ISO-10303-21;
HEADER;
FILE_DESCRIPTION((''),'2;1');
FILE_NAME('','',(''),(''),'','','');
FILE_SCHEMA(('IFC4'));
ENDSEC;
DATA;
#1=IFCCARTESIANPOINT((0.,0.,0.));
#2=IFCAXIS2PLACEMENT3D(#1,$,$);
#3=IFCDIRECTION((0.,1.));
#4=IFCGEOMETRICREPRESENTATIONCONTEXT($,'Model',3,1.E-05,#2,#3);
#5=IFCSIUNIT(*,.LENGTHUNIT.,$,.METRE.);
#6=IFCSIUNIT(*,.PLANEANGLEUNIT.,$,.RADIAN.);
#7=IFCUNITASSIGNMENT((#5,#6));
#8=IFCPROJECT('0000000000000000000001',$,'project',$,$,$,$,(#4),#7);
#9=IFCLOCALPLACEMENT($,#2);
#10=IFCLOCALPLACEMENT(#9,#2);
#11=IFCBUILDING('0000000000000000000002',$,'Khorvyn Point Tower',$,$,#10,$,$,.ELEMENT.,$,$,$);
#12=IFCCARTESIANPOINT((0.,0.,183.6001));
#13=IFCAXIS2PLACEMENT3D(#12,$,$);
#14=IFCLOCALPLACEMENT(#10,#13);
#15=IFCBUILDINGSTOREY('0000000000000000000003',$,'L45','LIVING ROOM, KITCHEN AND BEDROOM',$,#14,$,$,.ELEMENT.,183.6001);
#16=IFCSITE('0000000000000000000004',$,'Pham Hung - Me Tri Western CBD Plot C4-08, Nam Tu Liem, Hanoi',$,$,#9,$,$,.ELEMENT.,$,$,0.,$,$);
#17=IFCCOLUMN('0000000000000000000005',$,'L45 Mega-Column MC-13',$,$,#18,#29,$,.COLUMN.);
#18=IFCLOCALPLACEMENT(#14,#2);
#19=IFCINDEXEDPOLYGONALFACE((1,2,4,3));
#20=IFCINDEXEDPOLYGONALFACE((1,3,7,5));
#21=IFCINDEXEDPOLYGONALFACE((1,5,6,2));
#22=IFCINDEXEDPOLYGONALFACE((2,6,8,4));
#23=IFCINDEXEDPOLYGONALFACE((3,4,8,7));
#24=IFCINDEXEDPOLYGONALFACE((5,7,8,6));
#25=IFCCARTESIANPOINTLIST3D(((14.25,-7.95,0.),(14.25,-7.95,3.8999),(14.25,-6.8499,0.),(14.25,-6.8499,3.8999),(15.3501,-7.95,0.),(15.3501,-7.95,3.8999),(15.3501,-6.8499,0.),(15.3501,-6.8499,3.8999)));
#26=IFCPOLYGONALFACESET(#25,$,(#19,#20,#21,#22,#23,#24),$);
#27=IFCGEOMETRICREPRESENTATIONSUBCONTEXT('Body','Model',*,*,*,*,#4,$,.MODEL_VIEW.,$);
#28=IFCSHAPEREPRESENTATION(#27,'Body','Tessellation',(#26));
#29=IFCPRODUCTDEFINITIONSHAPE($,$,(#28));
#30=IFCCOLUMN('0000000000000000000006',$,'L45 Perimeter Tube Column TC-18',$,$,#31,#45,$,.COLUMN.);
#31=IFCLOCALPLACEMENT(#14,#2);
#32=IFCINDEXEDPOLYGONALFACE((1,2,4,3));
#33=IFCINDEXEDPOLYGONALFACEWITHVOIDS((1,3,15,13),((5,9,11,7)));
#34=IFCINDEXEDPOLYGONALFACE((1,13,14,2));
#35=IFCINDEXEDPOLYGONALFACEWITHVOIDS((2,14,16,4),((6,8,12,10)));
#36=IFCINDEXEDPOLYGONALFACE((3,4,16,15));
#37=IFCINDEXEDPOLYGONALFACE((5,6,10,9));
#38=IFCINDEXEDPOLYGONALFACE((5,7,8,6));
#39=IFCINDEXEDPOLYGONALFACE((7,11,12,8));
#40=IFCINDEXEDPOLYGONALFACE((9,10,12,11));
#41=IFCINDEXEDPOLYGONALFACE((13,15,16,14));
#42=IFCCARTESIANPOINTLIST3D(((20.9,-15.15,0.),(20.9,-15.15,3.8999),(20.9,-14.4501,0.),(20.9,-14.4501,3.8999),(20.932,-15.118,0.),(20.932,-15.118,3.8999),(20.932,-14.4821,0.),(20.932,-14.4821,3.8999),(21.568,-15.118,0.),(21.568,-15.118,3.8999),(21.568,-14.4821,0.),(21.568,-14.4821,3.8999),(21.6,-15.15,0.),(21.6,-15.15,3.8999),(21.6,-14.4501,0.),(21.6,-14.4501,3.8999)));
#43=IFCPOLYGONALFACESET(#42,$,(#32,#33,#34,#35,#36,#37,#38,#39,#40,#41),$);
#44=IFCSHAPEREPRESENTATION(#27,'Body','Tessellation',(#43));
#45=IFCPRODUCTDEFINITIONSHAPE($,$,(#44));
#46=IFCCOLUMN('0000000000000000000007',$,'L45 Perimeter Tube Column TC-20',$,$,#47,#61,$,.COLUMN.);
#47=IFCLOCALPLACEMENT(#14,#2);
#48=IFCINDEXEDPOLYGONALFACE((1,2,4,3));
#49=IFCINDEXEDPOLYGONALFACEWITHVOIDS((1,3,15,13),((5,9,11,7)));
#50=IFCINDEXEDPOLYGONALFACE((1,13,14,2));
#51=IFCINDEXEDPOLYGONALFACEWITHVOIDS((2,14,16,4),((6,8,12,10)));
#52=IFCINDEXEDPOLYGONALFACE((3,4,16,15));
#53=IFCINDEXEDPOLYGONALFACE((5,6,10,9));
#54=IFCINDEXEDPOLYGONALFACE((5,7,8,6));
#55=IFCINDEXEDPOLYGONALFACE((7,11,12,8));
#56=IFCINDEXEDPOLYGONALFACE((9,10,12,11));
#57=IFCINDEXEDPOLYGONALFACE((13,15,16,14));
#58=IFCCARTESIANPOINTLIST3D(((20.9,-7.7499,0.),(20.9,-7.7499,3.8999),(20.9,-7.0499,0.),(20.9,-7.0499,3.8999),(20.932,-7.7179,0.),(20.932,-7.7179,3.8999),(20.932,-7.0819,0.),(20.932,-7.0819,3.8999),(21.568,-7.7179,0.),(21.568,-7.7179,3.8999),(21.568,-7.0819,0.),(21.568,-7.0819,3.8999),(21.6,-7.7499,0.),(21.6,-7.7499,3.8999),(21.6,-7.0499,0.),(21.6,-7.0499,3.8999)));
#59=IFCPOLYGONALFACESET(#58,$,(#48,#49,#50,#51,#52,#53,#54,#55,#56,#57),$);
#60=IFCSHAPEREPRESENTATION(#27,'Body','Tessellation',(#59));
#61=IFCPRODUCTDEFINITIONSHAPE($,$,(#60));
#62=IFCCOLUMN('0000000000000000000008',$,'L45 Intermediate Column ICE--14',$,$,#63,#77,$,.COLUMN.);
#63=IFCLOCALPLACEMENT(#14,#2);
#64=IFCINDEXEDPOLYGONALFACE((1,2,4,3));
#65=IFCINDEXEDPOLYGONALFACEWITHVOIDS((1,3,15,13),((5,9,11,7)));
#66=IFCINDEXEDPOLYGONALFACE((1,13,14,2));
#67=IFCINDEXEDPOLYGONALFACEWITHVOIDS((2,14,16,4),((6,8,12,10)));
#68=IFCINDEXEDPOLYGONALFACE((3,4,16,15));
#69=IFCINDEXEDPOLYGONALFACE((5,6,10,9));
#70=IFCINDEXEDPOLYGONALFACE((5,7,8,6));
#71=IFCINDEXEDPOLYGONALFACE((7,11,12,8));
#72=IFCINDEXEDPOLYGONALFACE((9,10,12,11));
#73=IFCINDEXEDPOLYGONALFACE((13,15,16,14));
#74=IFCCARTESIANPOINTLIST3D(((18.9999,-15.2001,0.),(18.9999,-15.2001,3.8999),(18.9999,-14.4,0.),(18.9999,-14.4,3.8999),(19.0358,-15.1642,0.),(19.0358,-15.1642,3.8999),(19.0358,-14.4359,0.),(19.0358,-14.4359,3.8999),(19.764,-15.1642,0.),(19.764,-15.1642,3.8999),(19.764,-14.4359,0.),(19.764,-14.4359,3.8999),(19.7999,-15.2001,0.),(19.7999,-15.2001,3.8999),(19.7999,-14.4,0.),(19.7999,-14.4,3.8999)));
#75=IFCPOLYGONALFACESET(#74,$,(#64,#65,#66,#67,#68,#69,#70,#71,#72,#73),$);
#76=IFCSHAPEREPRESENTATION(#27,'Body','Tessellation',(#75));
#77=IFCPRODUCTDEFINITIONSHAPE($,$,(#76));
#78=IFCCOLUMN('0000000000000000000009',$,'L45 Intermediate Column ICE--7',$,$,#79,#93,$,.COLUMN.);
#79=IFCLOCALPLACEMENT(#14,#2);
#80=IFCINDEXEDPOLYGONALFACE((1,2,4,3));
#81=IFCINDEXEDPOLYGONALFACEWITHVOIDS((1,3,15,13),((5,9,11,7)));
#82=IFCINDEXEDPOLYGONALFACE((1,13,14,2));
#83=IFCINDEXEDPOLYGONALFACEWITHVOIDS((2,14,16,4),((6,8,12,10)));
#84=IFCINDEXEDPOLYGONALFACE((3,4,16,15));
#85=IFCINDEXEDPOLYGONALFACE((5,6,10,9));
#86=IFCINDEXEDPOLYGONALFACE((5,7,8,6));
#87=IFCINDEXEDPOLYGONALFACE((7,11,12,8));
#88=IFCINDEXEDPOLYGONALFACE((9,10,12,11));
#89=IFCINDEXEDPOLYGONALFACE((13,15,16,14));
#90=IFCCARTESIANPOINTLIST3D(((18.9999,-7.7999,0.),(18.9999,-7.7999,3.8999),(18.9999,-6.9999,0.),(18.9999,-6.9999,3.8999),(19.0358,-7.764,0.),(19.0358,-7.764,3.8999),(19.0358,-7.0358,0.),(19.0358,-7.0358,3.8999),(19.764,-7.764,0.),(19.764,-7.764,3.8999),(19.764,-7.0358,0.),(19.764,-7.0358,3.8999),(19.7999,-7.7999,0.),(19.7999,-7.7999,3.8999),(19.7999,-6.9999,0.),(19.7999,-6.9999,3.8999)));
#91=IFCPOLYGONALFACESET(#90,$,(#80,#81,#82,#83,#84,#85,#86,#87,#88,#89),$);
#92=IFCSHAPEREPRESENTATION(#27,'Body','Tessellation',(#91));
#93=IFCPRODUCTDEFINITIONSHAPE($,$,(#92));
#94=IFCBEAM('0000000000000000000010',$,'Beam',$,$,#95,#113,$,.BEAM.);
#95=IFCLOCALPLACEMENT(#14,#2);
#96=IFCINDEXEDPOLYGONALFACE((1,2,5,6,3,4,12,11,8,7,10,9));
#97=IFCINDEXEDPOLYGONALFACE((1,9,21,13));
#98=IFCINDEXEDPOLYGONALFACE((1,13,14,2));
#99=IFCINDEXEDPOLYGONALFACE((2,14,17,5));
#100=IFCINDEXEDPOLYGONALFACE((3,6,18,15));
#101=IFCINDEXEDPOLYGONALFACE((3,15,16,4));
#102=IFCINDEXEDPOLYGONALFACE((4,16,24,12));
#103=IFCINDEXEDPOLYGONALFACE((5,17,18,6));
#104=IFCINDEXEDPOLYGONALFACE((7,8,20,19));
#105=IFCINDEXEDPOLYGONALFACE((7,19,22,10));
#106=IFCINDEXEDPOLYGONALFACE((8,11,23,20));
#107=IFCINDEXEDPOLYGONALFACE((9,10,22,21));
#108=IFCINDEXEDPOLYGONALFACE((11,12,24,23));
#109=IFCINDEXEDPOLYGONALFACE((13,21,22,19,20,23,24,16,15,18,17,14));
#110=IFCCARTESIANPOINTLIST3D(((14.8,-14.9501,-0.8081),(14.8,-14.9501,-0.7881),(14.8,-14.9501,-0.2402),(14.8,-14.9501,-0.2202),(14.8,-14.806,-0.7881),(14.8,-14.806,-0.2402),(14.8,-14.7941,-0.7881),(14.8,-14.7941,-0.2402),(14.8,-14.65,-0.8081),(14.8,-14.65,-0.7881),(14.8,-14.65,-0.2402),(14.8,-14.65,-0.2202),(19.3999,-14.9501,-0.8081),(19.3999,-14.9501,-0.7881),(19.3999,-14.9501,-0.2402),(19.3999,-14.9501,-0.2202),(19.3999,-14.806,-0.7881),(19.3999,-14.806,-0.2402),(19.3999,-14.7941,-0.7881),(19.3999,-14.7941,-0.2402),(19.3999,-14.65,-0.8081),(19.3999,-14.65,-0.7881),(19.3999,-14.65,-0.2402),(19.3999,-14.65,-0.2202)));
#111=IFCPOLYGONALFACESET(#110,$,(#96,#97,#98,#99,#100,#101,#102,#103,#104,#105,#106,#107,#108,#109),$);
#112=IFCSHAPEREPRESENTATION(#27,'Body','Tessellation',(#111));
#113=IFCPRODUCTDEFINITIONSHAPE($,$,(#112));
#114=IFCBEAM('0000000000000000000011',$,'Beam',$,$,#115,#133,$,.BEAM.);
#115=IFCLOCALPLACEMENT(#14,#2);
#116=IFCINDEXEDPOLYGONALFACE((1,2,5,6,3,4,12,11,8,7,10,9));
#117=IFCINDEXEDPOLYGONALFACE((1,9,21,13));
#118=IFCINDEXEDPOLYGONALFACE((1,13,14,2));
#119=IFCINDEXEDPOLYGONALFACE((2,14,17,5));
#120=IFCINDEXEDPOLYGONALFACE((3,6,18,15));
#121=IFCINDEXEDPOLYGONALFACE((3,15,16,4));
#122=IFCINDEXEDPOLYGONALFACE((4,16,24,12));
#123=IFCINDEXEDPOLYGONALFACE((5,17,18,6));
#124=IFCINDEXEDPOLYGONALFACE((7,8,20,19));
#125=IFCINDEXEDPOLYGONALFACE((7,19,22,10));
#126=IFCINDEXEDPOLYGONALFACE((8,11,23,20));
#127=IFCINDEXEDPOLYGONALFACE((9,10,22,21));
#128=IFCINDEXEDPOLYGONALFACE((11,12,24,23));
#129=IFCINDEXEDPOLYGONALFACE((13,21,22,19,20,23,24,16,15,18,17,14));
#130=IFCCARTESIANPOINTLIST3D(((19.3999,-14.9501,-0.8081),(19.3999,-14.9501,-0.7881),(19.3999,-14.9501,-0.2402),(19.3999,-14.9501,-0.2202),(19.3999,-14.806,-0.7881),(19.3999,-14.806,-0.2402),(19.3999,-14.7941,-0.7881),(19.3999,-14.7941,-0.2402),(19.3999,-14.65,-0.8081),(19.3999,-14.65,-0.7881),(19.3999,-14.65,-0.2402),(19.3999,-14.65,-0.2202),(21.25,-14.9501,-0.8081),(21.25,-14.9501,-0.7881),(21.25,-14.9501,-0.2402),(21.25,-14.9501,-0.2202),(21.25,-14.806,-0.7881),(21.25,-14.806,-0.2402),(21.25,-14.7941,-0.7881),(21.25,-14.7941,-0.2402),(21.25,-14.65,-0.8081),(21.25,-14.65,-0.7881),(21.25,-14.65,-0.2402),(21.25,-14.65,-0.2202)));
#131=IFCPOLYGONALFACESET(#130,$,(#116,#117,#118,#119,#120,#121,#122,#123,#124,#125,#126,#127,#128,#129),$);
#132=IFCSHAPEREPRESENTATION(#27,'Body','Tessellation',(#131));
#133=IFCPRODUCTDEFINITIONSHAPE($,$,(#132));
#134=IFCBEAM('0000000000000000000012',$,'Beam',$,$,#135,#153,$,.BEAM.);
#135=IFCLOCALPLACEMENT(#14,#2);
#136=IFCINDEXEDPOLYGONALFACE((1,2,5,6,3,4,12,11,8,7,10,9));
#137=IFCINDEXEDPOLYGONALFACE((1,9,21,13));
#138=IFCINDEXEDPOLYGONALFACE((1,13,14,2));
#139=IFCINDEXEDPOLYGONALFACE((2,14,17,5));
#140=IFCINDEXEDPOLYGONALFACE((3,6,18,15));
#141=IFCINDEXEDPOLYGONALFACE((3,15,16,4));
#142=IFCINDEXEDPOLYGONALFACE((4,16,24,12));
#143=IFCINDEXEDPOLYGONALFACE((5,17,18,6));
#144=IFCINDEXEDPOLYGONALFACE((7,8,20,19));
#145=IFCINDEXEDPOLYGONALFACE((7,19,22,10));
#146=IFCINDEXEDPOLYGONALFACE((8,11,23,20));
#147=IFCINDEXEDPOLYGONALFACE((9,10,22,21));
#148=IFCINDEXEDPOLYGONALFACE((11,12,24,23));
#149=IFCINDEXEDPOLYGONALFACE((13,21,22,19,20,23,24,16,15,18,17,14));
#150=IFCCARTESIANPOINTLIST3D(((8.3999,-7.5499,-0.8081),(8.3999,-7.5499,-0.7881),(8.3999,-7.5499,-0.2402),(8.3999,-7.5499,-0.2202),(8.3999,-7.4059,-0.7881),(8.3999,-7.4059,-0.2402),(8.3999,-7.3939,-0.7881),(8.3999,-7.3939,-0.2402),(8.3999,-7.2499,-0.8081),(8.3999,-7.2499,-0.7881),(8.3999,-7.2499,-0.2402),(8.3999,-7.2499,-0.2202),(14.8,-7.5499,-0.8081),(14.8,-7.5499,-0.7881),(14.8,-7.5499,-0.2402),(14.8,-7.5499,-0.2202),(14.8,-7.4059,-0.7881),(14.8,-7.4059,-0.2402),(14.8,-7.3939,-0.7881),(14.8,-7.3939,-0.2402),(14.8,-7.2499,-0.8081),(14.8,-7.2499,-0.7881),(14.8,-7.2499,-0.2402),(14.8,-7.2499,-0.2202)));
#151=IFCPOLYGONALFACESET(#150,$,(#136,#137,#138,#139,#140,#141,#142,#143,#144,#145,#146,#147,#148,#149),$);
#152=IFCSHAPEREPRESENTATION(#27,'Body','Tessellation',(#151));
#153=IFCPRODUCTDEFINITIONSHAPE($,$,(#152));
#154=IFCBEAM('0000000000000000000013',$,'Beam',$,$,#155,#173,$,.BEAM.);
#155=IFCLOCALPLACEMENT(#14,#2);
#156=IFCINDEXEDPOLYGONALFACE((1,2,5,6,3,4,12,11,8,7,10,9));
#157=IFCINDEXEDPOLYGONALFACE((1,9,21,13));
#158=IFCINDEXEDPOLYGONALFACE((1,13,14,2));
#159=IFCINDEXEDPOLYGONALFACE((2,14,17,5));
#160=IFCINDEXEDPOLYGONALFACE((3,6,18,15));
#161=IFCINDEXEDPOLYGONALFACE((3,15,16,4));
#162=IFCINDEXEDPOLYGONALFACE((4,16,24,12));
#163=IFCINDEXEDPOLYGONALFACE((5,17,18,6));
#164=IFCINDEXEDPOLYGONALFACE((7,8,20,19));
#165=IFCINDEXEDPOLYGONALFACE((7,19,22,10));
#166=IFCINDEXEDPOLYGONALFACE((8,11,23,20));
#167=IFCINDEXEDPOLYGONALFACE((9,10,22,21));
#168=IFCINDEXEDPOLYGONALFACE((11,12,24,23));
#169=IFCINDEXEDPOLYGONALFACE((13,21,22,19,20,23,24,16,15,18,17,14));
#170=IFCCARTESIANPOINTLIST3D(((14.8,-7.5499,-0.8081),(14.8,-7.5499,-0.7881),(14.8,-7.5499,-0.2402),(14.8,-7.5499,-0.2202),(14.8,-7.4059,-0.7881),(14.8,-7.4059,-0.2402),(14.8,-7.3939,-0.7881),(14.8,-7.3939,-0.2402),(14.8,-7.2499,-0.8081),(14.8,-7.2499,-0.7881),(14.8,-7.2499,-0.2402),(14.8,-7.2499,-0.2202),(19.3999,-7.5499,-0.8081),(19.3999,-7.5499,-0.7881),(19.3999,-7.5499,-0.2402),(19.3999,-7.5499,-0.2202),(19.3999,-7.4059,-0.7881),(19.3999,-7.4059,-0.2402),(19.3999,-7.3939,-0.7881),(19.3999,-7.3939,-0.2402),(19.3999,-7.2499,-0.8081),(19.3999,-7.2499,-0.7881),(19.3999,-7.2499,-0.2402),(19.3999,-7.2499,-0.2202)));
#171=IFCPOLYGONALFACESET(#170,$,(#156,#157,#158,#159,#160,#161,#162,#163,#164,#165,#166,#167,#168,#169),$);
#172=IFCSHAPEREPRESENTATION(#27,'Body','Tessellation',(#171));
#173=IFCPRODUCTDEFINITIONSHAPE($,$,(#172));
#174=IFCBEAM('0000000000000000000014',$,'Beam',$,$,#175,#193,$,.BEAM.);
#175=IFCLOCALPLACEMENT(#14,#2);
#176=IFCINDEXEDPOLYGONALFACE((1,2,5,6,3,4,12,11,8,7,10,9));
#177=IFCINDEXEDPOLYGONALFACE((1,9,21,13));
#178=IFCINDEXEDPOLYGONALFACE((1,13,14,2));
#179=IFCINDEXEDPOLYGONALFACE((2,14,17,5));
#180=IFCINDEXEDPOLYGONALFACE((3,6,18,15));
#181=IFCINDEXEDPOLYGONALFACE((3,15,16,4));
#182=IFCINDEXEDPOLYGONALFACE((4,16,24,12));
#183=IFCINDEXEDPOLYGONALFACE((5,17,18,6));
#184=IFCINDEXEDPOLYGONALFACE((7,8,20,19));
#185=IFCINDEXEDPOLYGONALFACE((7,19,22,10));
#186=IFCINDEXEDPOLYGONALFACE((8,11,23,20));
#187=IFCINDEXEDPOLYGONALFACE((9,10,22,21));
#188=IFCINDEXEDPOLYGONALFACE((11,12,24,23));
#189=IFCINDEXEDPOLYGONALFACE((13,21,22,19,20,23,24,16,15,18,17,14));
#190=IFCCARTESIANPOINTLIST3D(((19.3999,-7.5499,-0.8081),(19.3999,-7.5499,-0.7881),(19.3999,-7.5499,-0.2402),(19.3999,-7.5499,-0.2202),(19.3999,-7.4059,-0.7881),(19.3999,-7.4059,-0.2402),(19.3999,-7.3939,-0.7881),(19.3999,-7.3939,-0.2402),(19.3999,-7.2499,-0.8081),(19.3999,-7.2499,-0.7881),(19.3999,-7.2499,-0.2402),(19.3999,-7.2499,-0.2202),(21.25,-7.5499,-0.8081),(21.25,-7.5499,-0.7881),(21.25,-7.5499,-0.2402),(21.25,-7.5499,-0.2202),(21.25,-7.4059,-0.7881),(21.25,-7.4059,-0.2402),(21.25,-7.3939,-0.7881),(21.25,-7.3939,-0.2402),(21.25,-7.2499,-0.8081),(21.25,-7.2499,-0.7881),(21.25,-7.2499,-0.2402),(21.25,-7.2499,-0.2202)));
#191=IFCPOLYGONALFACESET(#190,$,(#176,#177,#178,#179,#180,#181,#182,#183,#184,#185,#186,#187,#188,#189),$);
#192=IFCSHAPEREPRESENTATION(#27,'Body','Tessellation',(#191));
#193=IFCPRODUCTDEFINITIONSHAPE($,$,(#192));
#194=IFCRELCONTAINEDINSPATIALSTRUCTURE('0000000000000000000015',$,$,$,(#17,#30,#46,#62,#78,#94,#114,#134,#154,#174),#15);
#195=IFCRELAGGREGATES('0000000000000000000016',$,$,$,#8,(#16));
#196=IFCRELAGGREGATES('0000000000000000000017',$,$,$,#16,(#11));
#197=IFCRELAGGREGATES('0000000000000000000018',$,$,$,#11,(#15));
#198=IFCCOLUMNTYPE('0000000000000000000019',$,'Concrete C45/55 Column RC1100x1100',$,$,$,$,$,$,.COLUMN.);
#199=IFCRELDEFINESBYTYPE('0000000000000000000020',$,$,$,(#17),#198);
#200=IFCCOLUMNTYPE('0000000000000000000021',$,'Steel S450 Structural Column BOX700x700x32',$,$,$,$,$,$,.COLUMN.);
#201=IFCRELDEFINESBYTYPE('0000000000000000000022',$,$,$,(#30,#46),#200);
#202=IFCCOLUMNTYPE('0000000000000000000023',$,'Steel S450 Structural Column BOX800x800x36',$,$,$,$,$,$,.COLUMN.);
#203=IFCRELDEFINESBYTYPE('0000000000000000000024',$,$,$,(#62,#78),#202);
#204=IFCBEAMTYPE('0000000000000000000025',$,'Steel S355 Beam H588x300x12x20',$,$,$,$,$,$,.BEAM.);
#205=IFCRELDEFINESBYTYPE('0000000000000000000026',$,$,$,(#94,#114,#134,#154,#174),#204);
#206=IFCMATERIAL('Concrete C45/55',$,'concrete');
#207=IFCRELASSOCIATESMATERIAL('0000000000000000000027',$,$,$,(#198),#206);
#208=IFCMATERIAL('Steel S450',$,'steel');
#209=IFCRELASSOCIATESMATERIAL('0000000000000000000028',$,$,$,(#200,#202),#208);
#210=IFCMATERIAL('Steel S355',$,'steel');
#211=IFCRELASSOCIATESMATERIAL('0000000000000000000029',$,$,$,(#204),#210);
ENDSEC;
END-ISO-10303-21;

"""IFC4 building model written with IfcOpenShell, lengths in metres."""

from ifc_helpers import new_model, si_unit, direction, frame, origin, origin_2d, place, context, subcontext, project, spatial, rectangle, hollow_rectangle, i_section, extrude, material, material_profile, profile_set, type_object, element, save


model = new_model("IFC4")

# Units and contexts
model_context = context("Model", 3, precision=1e-05, world=origin(), true_north=direction((0.0, 1.0)))
body_context = subcontext(model_context, "Body", "Model", "MODEL_VIEW")
ifc_project = project(units=[si_unit("LENGTHUNIT", "METRE"), si_unit("PLANEANGLEUNIT", "RADIAN")], contexts=[model_context])

# Site, building, storey
site_placement = place(None, origin())
site = spatial("IfcSite", under=ifc_project, at=site_placement, Name="Pham Hung - Me Tri Western CBD Plot C4-08, Nam Tu Liem, Hanoi", CompositionType="ELEMENT", RefElevation=0.0)
building_placement = place(site_placement, origin())
building = spatial("IfcBuilding", under=site, at=building_placement, Name="Khorvyn Point Tower", CompositionType="ELEMENT")
storey_placement = place(building_placement, frame((0.0, 0.0, 183.6001)))
storey = spatial("IfcBuildingStorey", under=building, at=storey_placement, Name="L45", Description="LIVING ROOM, KITCHEN AND BEDROOM", CompositionType="ELEMENT", Elevation=183.6001)

# Columns
ifc_material_1 = material(Name="Concrete C45/55", Category="concrete")
ifc_material_profile_1 = material_profile(ifc_material_1, rectangle(XDim=1.1001, YDim=1.1001, at=origin_2d()))
ifc_profile_set_1 = profile_set([ifc_material_profile_1], Name="Concrete C45/55 RC1100x1100")
column_type_1 = type_object("IfcColumnType", Name="Concrete C45/55 Column RC1100x1100", PredefinedType="COLUMN", material=ifc_profile_set_1)
column_placement = place(storey_placement, frame((14.8, -7.3999, 0.0), z_axis=(0.0, 0.0, 1.0), x_axis=(1.0, 0.0, 0.0)))
element("IfcColumn", 1, at=column_placement, inside=storey, type_object=column_type_1, Name="L45 Mega-Column MC-13", PredefinedType="COLUMN", context=body_context, shape_type="SweptSolid", body=[
    extrude(rectangle(XDim=1.1001, YDim=1.1001, at=origin_2d()), origin(), (0.0, 0.0, 1.0), 3.8999),
])
ifc_material_2 = material(Name="Steel S450", Category="steel")
ifc_material_profile_2 = material_profile(ifc_material_2, hollow_rectangle(XDim=0.7, YDim=0.7, WallThickness=0.032, at=origin_2d()))
ifc_profile_set_2 = profile_set([ifc_material_profile_2], Name="Steel S450 BOX700x700x32")
column_type_2 = type_object("IfcColumnType", Name="Steel S450 Structural Column BOX700x700x32", PredefinedType="COLUMN", material=ifc_profile_set_2)
for number, where, z_axis, x_axis, name in (
    (2, (21.25, -14.8, 0.0), (0.0, 0.0, 1.0), (1.0, 0.0, 0.0), "L45 Perimeter Tube Column TC-18"),
    (3, (21.25, -7.3999, 0.0), (0.0, 0.0, 1.0), (1.0, 0.0, 0.0), "L45 Perimeter Tube Column TC-20"),
):
    element("IfcColumn", number, at=place(storey_placement, frame(where, z_axis=z_axis, x_axis=x_axis)), inside=storey, type_object=column_type_2, Name=name, PredefinedType="COLUMN", context=body_context, shape_type="SweptSolid", body=[
        extrude(hollow_rectangle(XDim=0.7, YDim=0.7, WallThickness=0.032, at=origin_2d()), origin(), (0.0, 0.0, 1.0), 3.8999),
    ])
ifc_material_profile_3 = material_profile(ifc_material_2, hollow_rectangle(XDim=0.8, YDim=0.8, WallThickness=0.0359, at=origin_2d()))
ifc_profile_set_3 = profile_set([ifc_material_profile_3], Name="Steel S450 BOX800x800x36")
column_type_3 = type_object("IfcColumnType", Name="Steel S450 Structural Column BOX800x800x36", PredefinedType="COLUMN", material=ifc_profile_set_3)
for number, where, z_axis, x_axis, name in (
    (4, (19.3999, -14.8, 0.0), (0.0, 0.0, 1.0), (1.0, 0.0, 0.0), "L45 Intermediate Column ICE--14"),
    (5, (19.3999, -7.3999, 0.0), (0.0, 0.0, 1.0), (1.0, 0.0, 0.0), "L45 Intermediate Column ICE--7"),
):
    element("IfcColumn", number, at=place(storey_placement, frame(where, z_axis=z_axis, x_axis=x_axis)), inside=storey, type_object=column_type_3, Name=name, PredefinedType="COLUMN", context=body_context, shape_type="SweptSolid", body=[
        extrude(hollow_rectangle(XDim=0.8, YDim=0.8, WallThickness=0.0359, at=origin_2d()), origin(), (0.0, 0.0, 1.0), 3.8999),
    ])

# Beams
ifc_material_3 = material(Name="Steel S355", Category="steel")
ifc_material_profile_4 = material_profile(ifc_material_3, i_section(OverallWidth=0.3, OverallDepth=0.5879, WebThickness=0.012, FlangeThickness=0.02, at=origin_2d()))
ifc_profile_set_4 = profile_set([ifc_material_profile_4], Name="Steel S355 H588x300x12x20")
beam_type_1 = type_object("IfcBeamType", Name="Steel S355 Beam H588x300x12x20", PredefinedType="BEAM", material=ifc_profile_set_4)
beam_1_placement = place(storey_placement, frame((14.8, -14.8, -0.5142), z_axis=(1.0, 0.0, 0.0), x_axis=(0.0, 1.0, 0.0)))
element("IfcBeam", 6, at=beam_1_placement, inside=storey, type_object=beam_type_1, Name="Beam", PredefinedType="BEAM", context=body_context, shape_type="SweptSolid", body=[
    extrude(i_section(OverallWidth=0.3, OverallDepth=0.5879, WebThickness=0.012, FlangeThickness=0.02, at=origin_2d()), origin(), (0.0, 0.0, 1.0), 4.5999),
])
beam_2_placement = place(storey_placement, frame((19.3999, -14.8, -0.5142), z_axis=(1.0, 0.0, 0.0), x_axis=(0.0, 1.0, 0.0)))
element("IfcBeam", 7, at=beam_2_placement, inside=storey, type_object=beam_type_1, Name="Beam", PredefinedType="BEAM", context=body_context, shape_type="SweptSolid", body=[
    extrude(i_section(OverallWidth=0.3, OverallDepth=0.5879, WebThickness=0.012, FlangeThickness=0.02, at=origin_2d()), origin(), (0.0, 0.0, 1.0), 1.8501),
])
beam_3_placement = place(storey_placement, frame((8.3999, -7.3999, -0.5142), z_axis=(1.0, 0.0, 0.0), x_axis=(0.0, 1.0, 0.0)))
element("IfcBeam", 8, at=beam_3_placement, inside=storey, type_object=beam_type_1, Name="Beam", PredefinedType="BEAM", context=body_context, shape_type="SweptSolid", body=[
    extrude(i_section(OverallWidth=0.3, OverallDepth=0.5879, WebThickness=0.012, FlangeThickness=0.02, at=origin_2d()), origin(), (0.0, 0.0, 1.0), 6.4001),
])
beam_4_placement = place(storey_placement, frame((14.8, -7.3999, -0.5142), z_axis=(1.0, 0.0, 0.0), x_axis=(0.0, 1.0, 0.0)))
element("IfcBeam", 9, at=beam_4_placement, inside=storey, type_object=beam_type_1, Name="Beam", PredefinedType="BEAM", context=body_context, shape_type="SweptSolid", body=[
    extrude(i_section(OverallWidth=0.3, OverallDepth=0.5879, WebThickness=0.012, FlangeThickness=0.02, at=origin_2d()), origin(), (0.0, 0.0, 1.0), 4.5999),
])
beam_5_placement = place(storey_placement, frame((19.3999, -7.3999, -0.5142), z_axis=(1.0, 0.0, 0.0), x_axis=(0.0, 1.0, 0.0)))
element("IfcBeam", 10, at=beam_5_placement, inside=storey, type_object=beam_type_1, Name="Beam", PredefinedType="BEAM", context=body_context, shape_type="SweptSolid", body=[
    extrude(i_section(OverallWidth=0.3, OverallDepth=0.5879, WebThickness=0.012, FlangeThickness=0.02, at=origin_2d()), origin(), (0.0, 0.0, 1.0), 1.8501),
])

save(model, "model.ifc")
